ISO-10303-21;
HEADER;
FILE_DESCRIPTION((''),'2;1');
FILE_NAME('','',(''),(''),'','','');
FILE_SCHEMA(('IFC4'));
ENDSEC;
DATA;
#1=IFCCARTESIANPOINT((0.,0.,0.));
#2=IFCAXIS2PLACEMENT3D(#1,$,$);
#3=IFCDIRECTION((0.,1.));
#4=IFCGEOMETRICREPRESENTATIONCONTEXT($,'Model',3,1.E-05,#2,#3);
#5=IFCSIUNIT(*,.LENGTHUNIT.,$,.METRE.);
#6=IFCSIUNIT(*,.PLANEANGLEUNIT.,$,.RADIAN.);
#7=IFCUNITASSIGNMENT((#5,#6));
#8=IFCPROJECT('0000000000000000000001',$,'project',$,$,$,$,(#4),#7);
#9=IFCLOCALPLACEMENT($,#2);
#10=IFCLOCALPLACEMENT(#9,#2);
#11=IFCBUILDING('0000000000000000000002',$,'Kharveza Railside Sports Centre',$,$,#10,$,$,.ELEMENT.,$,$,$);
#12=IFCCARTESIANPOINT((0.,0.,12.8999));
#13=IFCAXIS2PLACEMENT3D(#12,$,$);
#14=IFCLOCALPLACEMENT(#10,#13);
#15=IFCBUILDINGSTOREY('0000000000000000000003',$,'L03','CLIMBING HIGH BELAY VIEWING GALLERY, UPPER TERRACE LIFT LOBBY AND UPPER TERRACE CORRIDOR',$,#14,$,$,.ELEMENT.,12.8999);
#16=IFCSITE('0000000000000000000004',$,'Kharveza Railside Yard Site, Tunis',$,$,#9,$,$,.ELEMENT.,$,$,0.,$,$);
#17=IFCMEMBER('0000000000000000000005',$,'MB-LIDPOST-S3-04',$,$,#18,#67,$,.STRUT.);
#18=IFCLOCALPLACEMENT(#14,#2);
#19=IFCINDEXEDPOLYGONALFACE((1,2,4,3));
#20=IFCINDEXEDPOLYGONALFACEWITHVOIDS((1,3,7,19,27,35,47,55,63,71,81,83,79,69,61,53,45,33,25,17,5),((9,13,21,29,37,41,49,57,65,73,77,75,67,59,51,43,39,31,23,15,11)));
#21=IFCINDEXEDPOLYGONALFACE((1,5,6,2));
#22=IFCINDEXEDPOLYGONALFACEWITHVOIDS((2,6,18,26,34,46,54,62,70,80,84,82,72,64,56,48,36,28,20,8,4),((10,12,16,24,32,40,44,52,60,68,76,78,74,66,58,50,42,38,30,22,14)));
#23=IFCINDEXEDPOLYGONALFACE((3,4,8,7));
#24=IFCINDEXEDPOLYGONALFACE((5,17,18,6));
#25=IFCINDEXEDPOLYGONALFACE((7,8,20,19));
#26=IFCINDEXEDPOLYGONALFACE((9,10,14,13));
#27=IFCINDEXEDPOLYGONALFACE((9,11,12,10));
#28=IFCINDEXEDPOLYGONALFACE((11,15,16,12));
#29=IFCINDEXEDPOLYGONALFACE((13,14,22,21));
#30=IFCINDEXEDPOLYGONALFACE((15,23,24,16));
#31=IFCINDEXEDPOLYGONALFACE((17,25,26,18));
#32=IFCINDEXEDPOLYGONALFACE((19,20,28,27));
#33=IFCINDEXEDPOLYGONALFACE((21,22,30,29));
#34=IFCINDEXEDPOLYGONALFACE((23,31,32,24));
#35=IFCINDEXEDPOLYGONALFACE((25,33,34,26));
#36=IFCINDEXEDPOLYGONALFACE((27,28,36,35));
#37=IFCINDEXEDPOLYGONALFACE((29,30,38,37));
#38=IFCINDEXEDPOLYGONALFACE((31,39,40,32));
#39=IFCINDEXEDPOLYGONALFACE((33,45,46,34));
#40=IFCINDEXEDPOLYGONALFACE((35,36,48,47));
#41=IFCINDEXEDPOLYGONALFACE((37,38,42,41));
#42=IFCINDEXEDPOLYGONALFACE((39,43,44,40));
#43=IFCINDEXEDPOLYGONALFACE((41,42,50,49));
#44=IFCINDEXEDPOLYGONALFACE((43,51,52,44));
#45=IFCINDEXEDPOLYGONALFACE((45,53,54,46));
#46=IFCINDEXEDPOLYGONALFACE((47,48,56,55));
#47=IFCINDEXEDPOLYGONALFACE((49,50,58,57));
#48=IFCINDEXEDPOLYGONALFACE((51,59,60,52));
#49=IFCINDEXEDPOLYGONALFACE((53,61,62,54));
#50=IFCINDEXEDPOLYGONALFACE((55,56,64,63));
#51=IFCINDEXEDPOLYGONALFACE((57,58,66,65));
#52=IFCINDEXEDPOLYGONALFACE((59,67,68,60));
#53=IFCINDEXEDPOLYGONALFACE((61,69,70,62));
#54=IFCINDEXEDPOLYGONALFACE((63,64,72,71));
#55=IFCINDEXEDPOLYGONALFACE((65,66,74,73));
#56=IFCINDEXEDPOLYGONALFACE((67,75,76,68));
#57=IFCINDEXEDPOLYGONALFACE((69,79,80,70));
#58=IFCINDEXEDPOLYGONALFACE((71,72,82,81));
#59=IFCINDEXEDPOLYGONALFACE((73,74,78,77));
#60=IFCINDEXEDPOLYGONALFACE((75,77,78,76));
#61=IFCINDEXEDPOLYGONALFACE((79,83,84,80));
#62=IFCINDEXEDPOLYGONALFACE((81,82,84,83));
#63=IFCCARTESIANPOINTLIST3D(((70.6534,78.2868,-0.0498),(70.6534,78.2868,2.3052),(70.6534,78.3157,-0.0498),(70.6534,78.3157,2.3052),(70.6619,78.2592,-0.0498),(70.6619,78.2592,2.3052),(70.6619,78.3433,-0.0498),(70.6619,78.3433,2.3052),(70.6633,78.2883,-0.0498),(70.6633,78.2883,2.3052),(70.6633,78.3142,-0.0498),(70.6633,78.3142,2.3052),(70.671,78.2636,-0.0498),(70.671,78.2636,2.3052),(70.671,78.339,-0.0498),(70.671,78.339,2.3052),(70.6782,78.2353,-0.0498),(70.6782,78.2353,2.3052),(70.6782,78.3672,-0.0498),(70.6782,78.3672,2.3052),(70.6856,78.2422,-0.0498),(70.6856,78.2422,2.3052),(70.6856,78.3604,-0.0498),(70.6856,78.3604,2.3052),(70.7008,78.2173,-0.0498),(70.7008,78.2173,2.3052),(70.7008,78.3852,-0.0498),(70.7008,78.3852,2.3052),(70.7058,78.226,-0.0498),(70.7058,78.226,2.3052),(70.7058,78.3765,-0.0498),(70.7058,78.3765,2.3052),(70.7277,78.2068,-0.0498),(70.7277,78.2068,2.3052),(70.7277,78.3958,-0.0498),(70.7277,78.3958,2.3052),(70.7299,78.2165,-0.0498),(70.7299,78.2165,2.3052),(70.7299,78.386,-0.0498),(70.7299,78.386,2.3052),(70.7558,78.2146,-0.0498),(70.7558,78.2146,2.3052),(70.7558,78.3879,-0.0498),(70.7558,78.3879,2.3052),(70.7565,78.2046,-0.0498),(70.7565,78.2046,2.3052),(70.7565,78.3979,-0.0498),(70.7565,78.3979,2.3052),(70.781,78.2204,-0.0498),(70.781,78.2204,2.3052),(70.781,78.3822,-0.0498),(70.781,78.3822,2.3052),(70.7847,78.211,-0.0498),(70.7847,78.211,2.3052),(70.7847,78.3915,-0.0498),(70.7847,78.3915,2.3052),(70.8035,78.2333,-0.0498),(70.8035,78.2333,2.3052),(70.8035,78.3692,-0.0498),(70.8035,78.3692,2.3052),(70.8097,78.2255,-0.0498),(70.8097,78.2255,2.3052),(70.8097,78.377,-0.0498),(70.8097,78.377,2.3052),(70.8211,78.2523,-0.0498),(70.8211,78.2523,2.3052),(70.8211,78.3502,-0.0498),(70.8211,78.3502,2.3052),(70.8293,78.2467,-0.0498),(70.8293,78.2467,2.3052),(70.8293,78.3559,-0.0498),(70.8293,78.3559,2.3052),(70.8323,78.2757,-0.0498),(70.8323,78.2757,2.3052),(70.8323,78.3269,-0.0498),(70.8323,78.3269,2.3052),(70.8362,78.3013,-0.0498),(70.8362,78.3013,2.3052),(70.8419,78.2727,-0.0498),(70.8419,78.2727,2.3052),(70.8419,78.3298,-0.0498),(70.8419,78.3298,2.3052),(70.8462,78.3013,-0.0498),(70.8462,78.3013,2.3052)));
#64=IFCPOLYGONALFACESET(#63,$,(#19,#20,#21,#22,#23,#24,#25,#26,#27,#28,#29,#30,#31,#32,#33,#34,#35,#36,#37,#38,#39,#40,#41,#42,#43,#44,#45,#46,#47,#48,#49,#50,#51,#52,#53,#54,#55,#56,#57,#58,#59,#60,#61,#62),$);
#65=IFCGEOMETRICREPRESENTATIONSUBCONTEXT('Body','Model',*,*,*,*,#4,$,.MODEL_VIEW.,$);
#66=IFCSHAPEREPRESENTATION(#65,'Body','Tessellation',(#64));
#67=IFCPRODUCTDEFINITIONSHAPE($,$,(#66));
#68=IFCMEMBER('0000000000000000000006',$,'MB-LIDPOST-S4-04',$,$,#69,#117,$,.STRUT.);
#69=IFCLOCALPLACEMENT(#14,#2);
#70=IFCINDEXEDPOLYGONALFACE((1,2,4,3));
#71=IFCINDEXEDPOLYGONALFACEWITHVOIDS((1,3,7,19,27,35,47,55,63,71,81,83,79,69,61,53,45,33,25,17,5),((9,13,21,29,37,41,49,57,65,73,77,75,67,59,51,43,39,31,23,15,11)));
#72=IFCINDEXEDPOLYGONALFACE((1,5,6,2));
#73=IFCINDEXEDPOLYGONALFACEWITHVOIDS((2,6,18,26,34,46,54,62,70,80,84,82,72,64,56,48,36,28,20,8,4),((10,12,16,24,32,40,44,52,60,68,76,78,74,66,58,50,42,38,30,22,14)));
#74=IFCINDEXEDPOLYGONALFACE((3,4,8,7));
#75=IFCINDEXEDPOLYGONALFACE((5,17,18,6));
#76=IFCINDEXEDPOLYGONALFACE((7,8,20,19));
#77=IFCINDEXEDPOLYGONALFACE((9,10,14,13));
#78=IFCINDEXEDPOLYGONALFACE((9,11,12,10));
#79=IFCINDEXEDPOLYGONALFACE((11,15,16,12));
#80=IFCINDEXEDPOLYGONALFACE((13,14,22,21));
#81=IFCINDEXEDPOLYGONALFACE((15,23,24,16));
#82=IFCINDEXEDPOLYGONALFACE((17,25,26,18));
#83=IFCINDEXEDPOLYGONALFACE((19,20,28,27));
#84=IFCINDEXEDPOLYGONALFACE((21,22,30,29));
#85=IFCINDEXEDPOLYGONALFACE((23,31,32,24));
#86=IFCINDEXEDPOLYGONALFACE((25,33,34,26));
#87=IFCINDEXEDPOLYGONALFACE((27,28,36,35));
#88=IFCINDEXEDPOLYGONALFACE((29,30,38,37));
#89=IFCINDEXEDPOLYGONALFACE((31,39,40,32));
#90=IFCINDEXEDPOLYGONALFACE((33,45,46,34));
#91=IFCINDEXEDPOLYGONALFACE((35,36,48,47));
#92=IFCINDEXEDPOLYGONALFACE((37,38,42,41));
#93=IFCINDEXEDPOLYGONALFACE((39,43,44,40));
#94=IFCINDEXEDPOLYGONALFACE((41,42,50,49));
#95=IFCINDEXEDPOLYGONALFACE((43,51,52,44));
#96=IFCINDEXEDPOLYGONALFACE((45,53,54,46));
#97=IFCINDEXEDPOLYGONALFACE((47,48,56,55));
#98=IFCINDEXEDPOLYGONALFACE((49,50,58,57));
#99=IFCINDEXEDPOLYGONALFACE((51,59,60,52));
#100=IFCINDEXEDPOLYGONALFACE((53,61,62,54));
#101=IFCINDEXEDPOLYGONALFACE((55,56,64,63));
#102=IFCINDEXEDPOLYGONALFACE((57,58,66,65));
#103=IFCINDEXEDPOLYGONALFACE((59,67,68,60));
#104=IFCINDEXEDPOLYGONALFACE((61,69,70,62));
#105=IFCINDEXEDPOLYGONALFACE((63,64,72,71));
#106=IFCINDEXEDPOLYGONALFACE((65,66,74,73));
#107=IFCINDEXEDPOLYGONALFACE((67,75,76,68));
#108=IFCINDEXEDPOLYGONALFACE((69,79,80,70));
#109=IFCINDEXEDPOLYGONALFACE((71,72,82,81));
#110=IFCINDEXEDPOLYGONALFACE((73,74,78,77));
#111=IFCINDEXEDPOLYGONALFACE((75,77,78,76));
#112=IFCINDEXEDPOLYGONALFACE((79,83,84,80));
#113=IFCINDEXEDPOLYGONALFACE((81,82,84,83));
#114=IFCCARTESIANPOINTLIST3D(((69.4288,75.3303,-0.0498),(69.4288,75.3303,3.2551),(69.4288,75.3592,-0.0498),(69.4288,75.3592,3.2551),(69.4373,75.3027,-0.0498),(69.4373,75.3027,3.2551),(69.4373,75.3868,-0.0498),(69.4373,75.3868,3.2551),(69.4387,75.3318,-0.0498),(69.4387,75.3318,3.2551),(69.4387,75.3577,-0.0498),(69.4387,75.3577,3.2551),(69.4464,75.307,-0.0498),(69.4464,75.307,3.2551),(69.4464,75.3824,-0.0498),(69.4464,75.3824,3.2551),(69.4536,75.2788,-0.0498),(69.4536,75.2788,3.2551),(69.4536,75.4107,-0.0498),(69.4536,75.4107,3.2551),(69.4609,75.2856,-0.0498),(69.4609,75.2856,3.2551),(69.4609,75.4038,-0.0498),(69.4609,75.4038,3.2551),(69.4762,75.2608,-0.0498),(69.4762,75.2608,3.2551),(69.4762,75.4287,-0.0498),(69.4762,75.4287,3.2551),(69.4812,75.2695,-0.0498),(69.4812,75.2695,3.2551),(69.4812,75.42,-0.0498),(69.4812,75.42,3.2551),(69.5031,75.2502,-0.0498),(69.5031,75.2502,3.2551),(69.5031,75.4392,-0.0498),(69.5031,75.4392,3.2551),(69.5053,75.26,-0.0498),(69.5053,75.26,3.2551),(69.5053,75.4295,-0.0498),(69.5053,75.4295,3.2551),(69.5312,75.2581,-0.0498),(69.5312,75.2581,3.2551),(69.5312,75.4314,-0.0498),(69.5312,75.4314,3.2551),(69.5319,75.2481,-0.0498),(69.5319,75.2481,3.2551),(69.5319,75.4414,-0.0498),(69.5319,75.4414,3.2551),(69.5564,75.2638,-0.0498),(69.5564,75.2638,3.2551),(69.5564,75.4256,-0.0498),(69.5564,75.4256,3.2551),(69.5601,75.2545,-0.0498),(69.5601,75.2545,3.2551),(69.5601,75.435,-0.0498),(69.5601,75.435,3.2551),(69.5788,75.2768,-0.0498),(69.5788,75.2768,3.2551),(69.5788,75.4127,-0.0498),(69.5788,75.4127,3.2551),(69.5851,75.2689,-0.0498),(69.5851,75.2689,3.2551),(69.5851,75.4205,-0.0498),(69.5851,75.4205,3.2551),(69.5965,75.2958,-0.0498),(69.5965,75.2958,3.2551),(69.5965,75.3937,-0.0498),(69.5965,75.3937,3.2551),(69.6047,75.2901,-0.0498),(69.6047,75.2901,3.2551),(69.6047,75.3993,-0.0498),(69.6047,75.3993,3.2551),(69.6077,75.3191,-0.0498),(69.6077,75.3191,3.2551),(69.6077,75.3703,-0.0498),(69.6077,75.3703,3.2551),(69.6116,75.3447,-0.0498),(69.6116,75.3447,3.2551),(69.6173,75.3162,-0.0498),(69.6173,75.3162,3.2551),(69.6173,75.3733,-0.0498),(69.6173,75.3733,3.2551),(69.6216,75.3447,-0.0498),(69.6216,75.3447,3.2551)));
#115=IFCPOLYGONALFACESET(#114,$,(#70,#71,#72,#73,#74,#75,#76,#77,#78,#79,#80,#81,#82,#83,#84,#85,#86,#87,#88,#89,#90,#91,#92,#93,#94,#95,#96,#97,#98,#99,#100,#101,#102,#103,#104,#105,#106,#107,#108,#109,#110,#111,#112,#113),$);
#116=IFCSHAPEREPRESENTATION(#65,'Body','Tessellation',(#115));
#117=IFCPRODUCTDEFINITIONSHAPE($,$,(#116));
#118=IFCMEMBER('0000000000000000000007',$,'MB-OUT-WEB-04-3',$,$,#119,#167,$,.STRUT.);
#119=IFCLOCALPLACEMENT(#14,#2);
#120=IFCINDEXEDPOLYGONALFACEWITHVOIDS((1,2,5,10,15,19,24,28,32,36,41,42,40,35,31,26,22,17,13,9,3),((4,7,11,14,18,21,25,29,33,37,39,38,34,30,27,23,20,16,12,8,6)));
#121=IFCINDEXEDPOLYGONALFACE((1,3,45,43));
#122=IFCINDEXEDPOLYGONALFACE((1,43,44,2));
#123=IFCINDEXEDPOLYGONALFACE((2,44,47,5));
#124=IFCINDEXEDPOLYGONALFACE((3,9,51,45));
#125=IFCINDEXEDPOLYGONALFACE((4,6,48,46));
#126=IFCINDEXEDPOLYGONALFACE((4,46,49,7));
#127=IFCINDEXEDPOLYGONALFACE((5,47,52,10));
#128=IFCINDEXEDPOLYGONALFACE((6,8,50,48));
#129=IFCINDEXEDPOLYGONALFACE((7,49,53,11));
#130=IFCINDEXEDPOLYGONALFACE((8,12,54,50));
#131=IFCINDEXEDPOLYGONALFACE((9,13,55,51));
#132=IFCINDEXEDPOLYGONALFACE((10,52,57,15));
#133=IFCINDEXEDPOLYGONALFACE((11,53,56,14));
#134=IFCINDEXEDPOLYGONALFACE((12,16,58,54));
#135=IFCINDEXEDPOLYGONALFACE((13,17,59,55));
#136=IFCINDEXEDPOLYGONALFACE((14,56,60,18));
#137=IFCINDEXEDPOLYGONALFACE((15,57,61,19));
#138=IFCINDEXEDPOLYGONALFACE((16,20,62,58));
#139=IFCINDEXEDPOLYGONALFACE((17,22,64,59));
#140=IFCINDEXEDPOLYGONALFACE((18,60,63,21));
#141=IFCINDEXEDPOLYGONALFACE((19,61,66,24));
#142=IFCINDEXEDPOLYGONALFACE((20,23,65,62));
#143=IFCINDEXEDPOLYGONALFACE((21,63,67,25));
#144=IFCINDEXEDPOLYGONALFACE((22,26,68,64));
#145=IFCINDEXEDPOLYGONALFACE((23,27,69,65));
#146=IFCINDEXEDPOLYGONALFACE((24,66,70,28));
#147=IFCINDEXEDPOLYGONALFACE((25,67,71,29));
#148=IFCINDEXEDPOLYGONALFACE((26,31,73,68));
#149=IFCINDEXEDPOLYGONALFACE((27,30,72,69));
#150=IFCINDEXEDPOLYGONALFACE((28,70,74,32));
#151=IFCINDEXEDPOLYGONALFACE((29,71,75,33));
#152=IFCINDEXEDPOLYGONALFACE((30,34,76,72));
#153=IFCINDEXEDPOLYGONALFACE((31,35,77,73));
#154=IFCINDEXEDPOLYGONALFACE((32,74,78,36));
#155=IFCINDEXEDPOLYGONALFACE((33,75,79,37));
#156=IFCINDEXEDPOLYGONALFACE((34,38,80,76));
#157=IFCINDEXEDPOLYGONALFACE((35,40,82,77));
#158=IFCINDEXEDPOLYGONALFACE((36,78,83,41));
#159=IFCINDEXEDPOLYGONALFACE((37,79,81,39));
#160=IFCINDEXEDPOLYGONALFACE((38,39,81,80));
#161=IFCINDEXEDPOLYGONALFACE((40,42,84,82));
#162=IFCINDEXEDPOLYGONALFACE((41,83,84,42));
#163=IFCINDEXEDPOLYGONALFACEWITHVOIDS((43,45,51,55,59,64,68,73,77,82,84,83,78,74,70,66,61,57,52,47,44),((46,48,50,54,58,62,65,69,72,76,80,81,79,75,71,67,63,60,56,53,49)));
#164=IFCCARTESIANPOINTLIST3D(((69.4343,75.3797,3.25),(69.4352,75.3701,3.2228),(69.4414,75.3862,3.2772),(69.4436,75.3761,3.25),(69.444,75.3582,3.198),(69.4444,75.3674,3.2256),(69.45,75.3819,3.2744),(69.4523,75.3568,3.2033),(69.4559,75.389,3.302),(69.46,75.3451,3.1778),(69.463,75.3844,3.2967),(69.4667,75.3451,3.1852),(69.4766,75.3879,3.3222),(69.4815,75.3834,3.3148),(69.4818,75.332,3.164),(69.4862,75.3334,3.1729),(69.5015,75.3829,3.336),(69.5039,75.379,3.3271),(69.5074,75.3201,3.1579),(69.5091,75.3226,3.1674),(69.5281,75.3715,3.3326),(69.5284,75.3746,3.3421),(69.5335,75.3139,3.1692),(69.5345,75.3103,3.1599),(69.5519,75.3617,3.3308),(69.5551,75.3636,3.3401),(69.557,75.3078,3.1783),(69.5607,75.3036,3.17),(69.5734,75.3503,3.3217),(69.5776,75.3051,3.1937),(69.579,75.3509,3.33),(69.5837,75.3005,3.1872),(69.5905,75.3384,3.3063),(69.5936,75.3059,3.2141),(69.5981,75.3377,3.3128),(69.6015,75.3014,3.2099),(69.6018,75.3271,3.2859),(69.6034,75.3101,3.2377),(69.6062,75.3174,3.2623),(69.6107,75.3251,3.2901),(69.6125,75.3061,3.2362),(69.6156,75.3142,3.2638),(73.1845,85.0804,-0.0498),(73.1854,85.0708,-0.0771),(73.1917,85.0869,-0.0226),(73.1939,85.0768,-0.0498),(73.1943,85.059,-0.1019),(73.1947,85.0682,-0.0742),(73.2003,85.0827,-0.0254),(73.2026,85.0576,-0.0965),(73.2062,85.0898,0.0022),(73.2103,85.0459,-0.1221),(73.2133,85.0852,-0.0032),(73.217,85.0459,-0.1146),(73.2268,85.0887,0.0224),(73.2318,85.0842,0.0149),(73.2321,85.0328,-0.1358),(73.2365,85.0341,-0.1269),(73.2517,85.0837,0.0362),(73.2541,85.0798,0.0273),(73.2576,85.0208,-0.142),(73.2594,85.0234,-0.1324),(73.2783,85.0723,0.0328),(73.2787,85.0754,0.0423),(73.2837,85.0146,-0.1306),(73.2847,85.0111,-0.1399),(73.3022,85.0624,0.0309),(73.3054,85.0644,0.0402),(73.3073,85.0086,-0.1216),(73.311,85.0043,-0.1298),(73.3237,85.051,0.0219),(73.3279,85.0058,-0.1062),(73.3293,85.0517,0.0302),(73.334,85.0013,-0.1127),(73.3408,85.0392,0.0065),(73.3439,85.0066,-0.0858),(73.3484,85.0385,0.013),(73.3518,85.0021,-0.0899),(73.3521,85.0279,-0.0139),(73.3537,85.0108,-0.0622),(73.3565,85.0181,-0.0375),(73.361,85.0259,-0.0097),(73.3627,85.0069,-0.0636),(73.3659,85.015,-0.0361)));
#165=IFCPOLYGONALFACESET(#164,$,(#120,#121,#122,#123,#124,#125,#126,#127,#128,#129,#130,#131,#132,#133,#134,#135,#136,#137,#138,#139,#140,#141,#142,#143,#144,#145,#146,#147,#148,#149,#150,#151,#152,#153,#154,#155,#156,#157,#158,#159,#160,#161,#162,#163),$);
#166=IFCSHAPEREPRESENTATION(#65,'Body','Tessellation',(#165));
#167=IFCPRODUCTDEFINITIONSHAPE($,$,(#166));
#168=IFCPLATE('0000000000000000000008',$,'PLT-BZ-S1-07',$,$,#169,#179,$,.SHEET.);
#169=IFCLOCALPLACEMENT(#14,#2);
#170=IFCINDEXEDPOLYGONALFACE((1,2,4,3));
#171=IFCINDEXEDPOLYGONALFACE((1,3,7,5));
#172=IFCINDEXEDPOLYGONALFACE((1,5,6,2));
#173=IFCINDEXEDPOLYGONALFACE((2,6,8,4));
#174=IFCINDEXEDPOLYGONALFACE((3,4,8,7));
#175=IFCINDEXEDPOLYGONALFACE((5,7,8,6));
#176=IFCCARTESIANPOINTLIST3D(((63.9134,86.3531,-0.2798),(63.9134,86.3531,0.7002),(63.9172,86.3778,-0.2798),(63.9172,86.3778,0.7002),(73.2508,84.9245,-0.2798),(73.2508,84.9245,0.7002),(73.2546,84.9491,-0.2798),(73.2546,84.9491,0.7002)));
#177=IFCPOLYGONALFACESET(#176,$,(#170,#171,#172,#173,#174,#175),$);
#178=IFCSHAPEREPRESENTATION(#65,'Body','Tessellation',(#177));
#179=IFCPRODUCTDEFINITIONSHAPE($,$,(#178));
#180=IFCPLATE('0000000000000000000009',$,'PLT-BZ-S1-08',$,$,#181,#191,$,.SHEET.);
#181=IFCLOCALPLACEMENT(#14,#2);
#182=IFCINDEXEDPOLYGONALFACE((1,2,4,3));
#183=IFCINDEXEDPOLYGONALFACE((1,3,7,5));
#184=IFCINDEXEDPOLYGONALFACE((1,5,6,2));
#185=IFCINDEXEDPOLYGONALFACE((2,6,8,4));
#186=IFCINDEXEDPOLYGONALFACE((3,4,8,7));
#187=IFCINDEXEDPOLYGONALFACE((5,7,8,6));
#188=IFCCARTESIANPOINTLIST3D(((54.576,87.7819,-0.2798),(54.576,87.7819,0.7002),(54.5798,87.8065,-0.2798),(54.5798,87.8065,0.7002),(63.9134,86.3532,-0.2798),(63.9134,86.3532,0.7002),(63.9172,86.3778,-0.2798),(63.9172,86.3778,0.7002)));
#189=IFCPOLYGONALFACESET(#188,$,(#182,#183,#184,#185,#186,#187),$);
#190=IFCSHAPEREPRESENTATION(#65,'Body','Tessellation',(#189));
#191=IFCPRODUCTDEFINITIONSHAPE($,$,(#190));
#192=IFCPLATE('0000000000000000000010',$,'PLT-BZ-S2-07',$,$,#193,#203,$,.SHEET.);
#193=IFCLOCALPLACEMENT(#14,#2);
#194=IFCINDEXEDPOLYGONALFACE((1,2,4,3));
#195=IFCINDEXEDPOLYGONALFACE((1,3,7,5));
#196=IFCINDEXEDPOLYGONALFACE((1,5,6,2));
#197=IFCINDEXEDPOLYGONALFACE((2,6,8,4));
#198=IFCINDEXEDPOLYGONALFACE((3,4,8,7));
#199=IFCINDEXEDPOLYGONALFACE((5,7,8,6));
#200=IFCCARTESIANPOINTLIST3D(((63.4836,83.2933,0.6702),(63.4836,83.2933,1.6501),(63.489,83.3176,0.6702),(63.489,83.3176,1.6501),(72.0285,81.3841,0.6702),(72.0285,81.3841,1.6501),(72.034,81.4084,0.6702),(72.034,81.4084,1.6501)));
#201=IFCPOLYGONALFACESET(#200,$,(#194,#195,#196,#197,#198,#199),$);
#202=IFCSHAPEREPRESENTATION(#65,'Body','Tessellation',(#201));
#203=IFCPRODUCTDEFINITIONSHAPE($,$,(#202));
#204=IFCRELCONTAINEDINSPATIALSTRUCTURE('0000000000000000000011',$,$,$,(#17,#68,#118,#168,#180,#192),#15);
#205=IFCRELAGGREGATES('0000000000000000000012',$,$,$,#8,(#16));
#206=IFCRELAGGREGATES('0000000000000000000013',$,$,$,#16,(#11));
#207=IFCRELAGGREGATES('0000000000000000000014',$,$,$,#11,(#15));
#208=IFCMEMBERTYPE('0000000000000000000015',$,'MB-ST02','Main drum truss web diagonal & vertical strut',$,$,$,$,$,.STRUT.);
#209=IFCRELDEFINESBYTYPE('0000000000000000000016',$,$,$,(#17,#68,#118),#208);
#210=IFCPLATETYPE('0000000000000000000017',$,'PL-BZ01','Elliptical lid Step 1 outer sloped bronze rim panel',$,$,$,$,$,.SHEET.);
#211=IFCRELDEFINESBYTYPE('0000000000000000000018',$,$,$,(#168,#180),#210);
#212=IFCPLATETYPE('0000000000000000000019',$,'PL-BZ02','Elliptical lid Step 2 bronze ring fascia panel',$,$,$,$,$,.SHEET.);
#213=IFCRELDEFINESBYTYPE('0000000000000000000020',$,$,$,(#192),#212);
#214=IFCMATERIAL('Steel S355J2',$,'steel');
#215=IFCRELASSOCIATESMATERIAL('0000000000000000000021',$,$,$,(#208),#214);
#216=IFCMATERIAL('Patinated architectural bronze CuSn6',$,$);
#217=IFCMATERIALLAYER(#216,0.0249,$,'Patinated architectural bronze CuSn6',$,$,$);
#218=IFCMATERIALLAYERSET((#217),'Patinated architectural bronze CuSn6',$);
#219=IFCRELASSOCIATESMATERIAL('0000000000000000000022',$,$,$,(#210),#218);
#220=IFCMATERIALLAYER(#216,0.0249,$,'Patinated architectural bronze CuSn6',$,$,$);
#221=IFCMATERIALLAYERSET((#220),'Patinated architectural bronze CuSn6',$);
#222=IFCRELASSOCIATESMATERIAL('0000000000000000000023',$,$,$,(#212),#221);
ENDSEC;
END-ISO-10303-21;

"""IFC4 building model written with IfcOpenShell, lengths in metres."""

from ifc_helpers import new_model, si_unit, direction, frame, origin, origin_2d, place, context, subcontext, project, spatial, rectangle, hollow_circle, extrude, material, layer, layer_set, material_profile, profile_set, type_object, element, save


model = new_model("IFC4")

# Units and contexts
model_context = context("Model", 3, precision=1e-05, world=origin(), true_north=direction((0.0, 1.0)))
body_context = subcontext(model_context, "Body", "Model", "MODEL_VIEW")
ifc_project = project(units=[si_unit("LENGTHUNIT", "METRE"), si_unit("PLANEANGLEUNIT", "RADIAN")], contexts=[model_context])

# Site, building, storey
site_placement = place(None, origin())
site = spatial("IfcSite", under=ifc_project, at=site_placement, Name="Kharveza Railside Yard Site, Tunis", CompositionType="ELEMENT", RefElevation=0.0)
building_placement = place(site_placement, origin())
building = spatial("IfcBuilding", under=site, at=building_placement, Name="Kharveza Railside Sports Centre", CompositionType="ELEMENT")
storey_placement = place(building_placement, frame((0.0, 0.0, 12.8999)))
storey = spatial("IfcBuildingStorey", under=building, at=storey_placement, Name="L03", Description="CLIMBING HIGH BELAY VIEWING GALLERY, UPPER TERRACE LIFT LOBBY AND UPPER TERRACE CORRIDOR", CompositionType="ELEMENT", Elevation=12.8999)

# Shared definitions
ifc_material_1 = material(Name="Steel S355J2", Category="steel")

# Members
ifc_material_profile_1 = material_profile(ifc_material_1, hollow_circle(Radius=0.0969, WallThickness=0.01, at=origin_2d()), Name="CHS 193.7x10.0")
ifc_profile_set_1 = profile_set([ifc_material_profile_1], Name="Steel S355J2")
member_type_1 = type_object("IfcMemberType", Name="MB-ST02", Description="Main drum truss web diagonal & vertical strut", PredefinedType="STRUT", material=ifc_profile_set_1)
member_1_placement = place(storey_placement, frame((70.7493, 78.3013, -0.0498), z_axis=(0.0, 0.0, 1.0), x_axis=(1.0, 0.0, 0.0)))
element("IfcMember", 1, at=member_1_placement, inside=storey, type_object=member_type_1, Name="MB-LIDPOST-S3-04", PredefinedType="STRUT", context=body_context, shape_type="SweptSolid", body=[
    extrude(hollow_circle(Radius=0.0969, WallThickness=0.01, at=origin_2d()), origin(), (0.0, 0.0, 1.0), 2.355),
])
member_2_placement = place(storey_placement, frame((69.5247, 75.3447, -0.0498), z_axis=(0.0, 0.0, 1.0), x_axis=(1.0, 0.0, 0.0)))
element("IfcMember", 2, at=member_2_placement, inside=storey, type_object=member_type_1, Name="MB-LIDPOST-S4-04", PredefinedType="STRUT", context=body_context, shape_type="SweptSolid", body=[
    extrude(hollow_circle(Radius=0.0969, WallThickness=0.01, at=origin_2d()), origin(), (0.0, 0.0, 1.0), 3.3049),
])
member_3_placement = place(storey_placement, frame((69.5247, 75.3447, 3.25), z_axis=(0.343703, 0.88905, -0.302421), x_axis=(-0.932725, 0.360588, 0.0)))
element("IfcMember", 3, at=member_3_placement, inside=storey, type_object=member_type_1, Name="MB-OUT-WEB-04-3", PredefinedType="STRUT", context=body_context, shape_type="SweptSolid", body=[
    extrude(hollow_circle(Radius=0.0969, WallThickness=0.01, at=origin_2d()), origin(), (0.0, 0.0, 1.0), 10.9114),
])

# Plates
ifc_material_2 = material(Name="Patinated architectural bronze CuSn6")
ifc_layer_1 = layer(ifc_material_2, 0.0249, Name="Patinated architectural bronze CuSn6")
ifc_layer_set_1 = layer_set([ifc_layer_1], Name="Patinated architectural bronze CuSn6")
plate_type_1 = type_object("IfcPlateType", Name="PL-BZ01", Description="Elliptical lid Step 1 outer sloped bronze rim panel", PredefinedType="SHEET", material=ifc_layer_set_1)
for number, where, z_axis, x_axis, name in (
    (4, (68.584, 85.6511, -0.2798), (0.0, 0.0, 1.0), (-0.988497, 0.151244, 0.0), "PLT-BZ-S1-07"),
    (5, (59.2466, 87.0798, -0.2798), (0.0, 0.0, 1.0), (-0.988497, 0.151244, 0.0), "PLT-BZ-S1-08"),
):
    element("IfcPlate", number, at=place(storey_placement, frame(where, z_axis=z_axis, x_axis=x_axis)), inside=storey, type_object=plate_type_1, Name=name, PredefinedType="SHEET", context=body_context, shape_type="SweptSolid", body=[
        extrude(rectangle(XDim=9.446, YDim=0.0249, at=origin_2d()), origin(), (0.0, 0.0, 1.0), 0.98),
    ])
ifc_layer_2 = layer(ifc_material_2, 0.0249, Name="Patinated architectural bronze CuSn6")
ifc_layer_set_2 = layer_set([ifc_layer_2], Name="Patinated architectural bronze CuSn6")
plate_type_2 = type_object("IfcPlateType", Name="PL-BZ02", Description="Elliptical lid Step 2 bronze ring fascia panel", PredefinedType="SHEET", material=ifc_layer_set_2)
plate_1_placement = place(storey_placement, frame((67.7588, 82.3508, 0.6702), z_axis=(0.0, 0.0, 1.0), x_axis=(-0.975936, 0.218058, 0.0)))
element("IfcPlate", 6, at=plate_1_placement, inside=storey, type_object=plate_type_2, Name="PLT-BZ-S2-07", PredefinedType="SHEET", context=body_context, shape_type="SweptSolid", body=[
    extrude(rectangle(XDim=8.7556, YDim=0.0249, at=origin_2d()), origin(), (0.0, 0.0, 1.0), 0.98),
])

save(model, "model.ifc")
